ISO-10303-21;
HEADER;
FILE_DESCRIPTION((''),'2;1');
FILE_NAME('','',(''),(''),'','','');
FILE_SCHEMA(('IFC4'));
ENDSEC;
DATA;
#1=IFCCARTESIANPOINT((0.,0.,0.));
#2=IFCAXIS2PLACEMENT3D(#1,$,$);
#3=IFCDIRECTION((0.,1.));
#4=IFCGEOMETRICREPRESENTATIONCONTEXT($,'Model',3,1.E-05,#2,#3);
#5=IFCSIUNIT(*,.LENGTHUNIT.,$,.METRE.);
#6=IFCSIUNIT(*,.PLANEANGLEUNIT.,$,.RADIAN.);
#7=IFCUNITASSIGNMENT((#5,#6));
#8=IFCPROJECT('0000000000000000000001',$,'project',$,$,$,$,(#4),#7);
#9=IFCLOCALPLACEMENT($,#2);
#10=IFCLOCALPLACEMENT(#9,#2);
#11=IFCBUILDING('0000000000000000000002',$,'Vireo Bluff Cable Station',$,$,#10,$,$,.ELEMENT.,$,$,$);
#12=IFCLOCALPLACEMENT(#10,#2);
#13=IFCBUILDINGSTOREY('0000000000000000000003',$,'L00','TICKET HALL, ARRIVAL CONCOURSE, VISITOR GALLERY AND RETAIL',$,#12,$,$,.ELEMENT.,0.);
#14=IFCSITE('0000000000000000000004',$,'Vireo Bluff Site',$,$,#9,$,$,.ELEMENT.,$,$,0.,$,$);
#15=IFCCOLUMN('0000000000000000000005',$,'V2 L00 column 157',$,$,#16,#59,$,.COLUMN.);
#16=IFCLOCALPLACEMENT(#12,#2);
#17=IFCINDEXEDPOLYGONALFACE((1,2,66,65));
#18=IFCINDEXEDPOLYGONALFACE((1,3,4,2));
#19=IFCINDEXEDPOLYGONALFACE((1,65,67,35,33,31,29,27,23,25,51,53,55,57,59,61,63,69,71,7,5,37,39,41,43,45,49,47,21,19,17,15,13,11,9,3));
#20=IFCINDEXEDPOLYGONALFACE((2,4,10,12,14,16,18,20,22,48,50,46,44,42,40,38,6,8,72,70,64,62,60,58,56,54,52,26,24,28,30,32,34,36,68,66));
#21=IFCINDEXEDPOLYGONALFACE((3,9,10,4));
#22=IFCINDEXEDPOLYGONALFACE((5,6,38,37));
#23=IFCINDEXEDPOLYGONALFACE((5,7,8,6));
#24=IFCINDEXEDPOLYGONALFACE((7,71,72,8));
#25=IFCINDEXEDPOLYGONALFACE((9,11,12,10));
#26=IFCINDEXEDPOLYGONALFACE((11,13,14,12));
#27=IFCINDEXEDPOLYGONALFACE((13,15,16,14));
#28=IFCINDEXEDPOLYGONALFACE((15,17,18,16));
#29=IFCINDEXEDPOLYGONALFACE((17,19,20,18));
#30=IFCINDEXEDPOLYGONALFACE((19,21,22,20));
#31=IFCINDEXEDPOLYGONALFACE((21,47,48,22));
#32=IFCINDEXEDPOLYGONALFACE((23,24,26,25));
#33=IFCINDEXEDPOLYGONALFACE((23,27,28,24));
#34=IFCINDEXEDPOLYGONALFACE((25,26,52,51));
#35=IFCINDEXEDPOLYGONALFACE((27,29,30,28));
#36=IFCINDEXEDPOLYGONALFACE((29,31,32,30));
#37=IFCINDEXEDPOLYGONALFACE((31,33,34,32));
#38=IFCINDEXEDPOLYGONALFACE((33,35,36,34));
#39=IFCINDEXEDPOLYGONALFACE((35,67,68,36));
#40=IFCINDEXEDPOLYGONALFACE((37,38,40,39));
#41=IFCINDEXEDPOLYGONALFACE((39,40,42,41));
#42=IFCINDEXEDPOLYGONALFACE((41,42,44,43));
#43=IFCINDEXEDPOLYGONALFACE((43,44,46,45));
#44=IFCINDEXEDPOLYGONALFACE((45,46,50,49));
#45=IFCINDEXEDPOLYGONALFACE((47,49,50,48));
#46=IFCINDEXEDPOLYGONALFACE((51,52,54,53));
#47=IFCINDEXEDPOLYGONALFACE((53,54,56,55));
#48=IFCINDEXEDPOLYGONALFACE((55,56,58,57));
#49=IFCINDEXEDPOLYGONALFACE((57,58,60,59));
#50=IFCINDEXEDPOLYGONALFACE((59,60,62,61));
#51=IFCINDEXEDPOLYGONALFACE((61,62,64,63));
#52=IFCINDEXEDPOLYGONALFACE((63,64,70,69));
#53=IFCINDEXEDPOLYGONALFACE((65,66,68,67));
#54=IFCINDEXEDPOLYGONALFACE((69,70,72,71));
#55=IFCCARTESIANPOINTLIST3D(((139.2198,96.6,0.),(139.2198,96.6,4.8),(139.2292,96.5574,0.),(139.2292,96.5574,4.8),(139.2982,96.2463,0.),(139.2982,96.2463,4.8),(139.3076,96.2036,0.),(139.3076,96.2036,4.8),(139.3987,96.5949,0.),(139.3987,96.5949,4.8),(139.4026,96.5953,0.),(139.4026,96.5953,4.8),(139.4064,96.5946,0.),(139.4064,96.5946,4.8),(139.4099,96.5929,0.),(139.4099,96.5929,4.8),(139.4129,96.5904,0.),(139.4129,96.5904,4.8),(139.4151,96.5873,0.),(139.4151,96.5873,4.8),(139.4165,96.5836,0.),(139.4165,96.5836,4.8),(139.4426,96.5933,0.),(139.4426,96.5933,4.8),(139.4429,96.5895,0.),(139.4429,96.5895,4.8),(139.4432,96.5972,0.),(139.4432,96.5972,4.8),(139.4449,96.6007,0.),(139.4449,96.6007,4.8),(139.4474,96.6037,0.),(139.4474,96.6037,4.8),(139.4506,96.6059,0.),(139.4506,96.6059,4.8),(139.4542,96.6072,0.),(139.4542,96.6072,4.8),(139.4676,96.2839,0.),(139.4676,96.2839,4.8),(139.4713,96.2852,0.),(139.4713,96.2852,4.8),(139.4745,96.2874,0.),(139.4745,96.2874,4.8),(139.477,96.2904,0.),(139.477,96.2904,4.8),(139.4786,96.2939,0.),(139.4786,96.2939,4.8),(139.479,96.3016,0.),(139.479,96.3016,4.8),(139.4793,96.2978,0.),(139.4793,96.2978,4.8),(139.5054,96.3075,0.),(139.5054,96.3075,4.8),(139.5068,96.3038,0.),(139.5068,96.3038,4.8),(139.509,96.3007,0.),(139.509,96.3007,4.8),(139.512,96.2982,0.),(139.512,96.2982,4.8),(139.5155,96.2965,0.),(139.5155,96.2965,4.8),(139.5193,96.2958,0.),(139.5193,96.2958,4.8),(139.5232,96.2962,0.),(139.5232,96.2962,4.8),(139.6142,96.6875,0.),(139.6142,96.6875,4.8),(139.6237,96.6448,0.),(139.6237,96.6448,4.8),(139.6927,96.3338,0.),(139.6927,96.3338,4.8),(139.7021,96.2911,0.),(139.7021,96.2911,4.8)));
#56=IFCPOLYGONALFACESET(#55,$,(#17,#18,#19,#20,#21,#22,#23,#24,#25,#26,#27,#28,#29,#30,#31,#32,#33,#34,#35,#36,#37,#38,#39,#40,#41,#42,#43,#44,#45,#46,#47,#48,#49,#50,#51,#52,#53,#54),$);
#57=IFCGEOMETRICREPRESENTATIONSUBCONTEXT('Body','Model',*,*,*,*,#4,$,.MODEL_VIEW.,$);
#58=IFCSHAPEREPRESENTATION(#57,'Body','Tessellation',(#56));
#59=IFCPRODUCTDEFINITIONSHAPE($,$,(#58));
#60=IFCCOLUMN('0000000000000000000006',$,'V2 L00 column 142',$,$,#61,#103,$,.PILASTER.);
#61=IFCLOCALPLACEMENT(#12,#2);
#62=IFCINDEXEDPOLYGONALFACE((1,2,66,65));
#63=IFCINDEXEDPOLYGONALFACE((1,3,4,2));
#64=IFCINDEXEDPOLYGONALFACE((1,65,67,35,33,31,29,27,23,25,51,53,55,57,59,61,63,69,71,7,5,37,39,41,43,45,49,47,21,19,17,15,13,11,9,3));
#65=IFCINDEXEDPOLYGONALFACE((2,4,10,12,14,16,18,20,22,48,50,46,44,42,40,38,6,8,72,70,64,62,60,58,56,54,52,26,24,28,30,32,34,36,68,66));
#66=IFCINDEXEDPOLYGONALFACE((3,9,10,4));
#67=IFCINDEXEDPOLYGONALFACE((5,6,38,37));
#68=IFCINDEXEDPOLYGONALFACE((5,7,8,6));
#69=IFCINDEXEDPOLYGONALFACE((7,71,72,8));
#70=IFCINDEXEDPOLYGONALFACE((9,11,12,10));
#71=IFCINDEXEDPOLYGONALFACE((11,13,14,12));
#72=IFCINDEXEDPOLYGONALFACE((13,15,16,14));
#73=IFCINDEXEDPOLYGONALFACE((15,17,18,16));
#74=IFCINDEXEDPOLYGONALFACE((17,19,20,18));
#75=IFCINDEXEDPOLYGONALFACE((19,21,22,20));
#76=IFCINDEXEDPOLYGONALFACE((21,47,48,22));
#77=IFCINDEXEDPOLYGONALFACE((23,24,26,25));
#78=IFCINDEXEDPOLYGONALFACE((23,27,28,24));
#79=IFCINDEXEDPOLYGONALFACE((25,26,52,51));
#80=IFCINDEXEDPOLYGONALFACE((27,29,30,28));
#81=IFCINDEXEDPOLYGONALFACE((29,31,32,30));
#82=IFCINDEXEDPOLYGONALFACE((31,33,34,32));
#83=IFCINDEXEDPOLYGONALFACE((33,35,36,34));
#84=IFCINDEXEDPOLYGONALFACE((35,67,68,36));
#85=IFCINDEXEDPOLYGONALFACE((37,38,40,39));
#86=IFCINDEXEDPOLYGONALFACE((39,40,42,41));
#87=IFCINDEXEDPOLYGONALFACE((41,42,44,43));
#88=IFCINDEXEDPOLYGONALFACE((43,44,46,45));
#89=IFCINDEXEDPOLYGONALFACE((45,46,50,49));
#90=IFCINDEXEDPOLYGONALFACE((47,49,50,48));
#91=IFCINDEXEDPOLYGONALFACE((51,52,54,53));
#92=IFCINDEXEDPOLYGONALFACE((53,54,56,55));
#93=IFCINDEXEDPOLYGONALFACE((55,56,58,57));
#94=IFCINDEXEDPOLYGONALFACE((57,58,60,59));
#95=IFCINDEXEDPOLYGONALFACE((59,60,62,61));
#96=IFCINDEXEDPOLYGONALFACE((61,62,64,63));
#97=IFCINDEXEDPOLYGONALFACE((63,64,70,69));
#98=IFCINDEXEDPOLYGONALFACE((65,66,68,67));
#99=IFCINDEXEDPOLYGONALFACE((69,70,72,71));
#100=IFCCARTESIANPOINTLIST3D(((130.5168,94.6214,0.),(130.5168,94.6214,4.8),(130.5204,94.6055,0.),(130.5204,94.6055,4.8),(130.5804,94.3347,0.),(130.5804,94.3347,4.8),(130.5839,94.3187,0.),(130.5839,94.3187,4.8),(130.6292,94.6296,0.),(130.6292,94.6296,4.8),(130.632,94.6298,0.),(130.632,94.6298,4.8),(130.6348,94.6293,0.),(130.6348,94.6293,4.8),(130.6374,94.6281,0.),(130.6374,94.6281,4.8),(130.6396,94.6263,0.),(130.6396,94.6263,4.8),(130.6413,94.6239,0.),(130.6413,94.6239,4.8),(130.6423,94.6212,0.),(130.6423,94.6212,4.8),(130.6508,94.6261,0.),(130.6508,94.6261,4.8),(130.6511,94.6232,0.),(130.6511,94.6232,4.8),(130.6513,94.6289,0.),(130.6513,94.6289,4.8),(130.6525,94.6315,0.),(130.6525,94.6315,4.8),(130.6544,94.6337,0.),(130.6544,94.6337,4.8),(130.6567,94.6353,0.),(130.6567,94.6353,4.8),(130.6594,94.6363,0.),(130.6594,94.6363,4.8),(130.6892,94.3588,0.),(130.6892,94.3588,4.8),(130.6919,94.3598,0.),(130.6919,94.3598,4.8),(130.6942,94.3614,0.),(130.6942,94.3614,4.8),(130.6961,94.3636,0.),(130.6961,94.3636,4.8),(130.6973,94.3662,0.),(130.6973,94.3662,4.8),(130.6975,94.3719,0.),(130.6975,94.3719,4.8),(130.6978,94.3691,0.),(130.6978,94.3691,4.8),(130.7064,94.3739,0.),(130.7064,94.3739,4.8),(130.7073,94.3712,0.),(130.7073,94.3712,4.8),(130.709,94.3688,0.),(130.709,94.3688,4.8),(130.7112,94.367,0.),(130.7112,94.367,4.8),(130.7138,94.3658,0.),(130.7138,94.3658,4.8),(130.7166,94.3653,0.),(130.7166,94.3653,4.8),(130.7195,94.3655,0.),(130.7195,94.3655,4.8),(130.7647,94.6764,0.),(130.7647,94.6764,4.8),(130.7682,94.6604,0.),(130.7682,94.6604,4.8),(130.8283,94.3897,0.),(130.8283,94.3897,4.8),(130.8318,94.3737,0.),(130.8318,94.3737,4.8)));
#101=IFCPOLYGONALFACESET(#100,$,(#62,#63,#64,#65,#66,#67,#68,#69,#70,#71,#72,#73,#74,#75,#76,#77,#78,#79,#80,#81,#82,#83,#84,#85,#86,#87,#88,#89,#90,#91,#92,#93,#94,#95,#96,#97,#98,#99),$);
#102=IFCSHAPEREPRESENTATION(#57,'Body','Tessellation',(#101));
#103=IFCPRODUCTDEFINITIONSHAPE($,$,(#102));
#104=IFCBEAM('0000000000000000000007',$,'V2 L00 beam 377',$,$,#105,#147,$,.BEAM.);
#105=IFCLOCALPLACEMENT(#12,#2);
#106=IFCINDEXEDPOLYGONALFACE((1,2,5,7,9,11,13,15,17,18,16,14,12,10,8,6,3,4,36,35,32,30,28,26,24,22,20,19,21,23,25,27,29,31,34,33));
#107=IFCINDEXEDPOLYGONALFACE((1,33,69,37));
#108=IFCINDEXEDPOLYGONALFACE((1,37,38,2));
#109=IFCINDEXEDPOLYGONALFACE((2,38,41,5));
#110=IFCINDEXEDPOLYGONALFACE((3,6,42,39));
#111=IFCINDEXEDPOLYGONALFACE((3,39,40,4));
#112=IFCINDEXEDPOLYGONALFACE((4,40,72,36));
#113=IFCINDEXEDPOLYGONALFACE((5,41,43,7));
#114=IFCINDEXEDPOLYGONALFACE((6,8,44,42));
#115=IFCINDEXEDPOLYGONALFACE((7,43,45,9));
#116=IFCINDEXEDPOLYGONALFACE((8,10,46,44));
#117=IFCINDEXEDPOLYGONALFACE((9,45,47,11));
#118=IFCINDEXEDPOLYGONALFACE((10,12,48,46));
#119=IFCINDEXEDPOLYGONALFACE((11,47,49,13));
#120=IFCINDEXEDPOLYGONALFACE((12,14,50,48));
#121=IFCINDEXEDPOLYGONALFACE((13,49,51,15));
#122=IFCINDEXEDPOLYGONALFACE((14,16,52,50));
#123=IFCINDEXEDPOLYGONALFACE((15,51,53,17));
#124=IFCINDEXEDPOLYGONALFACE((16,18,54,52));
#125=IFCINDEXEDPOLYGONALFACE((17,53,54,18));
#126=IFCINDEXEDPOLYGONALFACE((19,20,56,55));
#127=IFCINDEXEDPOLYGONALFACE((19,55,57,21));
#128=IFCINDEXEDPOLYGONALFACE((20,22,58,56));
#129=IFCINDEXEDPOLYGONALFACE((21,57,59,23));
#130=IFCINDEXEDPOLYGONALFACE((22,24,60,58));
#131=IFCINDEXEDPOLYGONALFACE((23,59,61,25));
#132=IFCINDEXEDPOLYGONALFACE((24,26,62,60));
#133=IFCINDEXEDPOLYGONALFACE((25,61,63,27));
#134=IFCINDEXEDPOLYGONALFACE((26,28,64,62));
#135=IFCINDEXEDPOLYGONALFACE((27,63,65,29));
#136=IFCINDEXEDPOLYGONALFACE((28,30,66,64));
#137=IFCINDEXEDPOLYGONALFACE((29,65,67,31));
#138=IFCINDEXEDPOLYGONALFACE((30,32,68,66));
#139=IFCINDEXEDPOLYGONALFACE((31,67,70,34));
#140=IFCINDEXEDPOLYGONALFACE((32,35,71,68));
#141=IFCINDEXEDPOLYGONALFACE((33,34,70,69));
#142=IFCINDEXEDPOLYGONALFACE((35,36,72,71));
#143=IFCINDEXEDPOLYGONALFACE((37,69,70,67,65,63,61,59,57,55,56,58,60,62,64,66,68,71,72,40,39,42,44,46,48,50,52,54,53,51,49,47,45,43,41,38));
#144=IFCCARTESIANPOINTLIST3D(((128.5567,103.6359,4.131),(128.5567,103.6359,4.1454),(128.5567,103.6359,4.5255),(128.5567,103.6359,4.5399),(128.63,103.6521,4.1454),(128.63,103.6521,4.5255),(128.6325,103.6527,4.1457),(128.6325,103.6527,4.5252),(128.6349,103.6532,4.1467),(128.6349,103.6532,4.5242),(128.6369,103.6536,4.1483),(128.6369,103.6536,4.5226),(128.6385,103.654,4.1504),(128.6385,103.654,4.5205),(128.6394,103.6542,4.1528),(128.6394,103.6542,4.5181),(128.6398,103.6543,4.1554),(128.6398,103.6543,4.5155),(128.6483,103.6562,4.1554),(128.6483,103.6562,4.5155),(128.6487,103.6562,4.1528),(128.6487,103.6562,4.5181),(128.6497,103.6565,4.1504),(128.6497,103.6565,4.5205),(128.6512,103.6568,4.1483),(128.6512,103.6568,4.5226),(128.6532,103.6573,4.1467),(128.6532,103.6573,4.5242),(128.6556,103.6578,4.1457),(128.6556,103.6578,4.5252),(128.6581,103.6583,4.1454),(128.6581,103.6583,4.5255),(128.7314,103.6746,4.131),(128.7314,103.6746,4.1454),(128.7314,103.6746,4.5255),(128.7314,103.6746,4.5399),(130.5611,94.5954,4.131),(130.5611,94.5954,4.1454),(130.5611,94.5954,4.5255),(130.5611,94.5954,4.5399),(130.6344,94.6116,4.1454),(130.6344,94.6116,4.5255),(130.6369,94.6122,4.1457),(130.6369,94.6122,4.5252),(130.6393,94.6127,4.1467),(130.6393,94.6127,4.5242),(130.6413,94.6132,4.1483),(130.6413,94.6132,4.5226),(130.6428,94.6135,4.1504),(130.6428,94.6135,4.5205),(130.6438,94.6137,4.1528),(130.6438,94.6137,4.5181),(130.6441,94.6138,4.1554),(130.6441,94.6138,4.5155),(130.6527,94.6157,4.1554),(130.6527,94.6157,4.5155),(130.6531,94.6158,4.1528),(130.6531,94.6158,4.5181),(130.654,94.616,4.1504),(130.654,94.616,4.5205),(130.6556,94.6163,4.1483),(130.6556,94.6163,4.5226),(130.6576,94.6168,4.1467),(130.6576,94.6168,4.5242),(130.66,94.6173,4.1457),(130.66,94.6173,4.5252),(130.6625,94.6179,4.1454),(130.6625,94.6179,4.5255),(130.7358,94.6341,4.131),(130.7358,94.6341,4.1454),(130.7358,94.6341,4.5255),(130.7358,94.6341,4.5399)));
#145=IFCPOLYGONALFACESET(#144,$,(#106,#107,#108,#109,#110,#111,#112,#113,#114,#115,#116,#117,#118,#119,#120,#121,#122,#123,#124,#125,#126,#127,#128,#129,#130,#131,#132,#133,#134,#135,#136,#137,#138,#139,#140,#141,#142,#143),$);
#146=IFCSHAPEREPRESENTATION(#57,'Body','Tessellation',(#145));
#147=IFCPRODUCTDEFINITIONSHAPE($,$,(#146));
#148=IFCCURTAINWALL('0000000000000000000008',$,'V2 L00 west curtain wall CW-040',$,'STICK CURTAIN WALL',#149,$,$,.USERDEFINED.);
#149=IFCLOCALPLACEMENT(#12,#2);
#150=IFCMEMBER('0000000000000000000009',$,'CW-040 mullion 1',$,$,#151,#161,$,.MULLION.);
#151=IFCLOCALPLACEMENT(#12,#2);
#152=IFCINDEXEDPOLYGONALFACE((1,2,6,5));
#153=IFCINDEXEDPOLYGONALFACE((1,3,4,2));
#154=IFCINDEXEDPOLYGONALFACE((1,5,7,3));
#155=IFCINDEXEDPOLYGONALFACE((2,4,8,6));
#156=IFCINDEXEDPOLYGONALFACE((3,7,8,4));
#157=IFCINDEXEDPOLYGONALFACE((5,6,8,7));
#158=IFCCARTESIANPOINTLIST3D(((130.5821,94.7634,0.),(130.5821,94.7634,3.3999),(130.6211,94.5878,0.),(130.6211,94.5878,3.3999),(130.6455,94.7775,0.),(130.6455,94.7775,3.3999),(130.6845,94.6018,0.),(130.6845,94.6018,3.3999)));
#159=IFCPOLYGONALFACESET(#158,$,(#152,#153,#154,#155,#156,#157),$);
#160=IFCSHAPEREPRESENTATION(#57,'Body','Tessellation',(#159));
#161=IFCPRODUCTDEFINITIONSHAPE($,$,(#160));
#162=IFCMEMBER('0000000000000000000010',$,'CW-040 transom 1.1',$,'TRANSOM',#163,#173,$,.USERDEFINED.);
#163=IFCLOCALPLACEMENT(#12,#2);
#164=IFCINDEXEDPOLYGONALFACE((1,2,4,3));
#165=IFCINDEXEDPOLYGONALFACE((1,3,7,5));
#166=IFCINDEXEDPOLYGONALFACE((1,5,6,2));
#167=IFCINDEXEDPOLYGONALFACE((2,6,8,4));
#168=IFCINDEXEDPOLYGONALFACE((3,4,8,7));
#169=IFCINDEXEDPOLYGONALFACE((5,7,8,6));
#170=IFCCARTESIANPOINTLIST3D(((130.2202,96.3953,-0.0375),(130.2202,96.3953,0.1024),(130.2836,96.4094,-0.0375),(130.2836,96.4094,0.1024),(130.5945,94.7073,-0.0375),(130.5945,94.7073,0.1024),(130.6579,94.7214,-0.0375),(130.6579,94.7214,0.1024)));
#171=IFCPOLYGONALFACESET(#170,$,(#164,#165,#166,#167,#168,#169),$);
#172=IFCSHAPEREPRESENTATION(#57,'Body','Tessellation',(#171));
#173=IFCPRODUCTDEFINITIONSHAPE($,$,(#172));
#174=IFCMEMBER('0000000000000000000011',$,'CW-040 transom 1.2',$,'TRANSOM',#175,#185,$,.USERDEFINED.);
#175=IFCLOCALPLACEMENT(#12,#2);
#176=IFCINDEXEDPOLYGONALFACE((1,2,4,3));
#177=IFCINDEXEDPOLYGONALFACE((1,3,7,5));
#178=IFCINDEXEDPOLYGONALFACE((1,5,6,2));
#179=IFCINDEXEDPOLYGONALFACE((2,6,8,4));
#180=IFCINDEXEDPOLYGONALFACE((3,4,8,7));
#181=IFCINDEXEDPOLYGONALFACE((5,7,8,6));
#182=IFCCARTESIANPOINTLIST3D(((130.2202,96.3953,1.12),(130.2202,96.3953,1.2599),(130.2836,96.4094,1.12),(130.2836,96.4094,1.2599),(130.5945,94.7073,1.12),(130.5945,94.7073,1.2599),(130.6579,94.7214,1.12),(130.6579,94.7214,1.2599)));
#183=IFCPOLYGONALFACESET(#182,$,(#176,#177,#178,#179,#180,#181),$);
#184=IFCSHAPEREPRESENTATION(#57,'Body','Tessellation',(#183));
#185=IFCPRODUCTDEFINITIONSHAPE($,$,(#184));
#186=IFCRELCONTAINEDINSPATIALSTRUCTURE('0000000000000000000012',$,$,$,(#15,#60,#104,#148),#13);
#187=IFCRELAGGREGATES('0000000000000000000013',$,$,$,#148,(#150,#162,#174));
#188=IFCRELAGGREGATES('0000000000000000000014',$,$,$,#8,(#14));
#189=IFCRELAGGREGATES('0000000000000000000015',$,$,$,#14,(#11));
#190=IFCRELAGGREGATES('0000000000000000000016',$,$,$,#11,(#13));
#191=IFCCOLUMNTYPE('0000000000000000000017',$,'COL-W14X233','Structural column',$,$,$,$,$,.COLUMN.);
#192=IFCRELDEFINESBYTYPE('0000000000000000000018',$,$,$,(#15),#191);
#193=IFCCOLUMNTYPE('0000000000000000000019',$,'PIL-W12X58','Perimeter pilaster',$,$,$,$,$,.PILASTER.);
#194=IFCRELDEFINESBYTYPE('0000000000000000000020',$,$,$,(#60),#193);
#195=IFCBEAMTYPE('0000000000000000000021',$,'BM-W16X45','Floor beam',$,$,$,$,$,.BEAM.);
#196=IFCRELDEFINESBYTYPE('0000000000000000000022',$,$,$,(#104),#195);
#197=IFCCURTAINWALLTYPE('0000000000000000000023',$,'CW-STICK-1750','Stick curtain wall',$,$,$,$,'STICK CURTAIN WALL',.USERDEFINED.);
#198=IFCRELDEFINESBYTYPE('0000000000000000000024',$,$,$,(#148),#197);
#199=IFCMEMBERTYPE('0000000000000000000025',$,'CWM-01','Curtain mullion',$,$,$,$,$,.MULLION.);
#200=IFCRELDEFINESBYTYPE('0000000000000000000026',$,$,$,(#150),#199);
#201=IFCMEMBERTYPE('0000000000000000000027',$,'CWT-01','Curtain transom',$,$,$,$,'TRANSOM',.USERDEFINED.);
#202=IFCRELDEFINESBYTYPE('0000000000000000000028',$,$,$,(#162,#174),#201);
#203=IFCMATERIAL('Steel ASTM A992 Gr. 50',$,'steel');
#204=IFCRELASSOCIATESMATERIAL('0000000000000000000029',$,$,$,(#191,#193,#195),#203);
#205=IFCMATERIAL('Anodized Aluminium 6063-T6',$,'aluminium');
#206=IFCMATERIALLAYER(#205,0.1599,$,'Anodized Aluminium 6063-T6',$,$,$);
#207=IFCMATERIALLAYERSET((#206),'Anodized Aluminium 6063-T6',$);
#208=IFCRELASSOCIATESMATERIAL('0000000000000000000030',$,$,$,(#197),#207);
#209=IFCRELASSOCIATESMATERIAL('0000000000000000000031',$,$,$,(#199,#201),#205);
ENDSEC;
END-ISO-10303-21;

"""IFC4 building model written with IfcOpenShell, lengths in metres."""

from ifc_helpers import new_model, si_unit, direction, frame, origin, origin_2d, place, context, subcontext, project, spatial, rectangle, i_section, extrude, material, layer, layer_set, material_profile, profile_set, type_object, element, aggregate, save


model = new_model("IFC4")

# Units and contexts
model_context = context("Model", 3, precision=1e-05, world=origin(), true_north=direction((0.0, 1.0)))
body_context = subcontext(model_context, "Body", "Model", "MODEL_VIEW")
ifc_project = project(units=[si_unit("LENGTHUNIT", "METRE"), si_unit("PLANEANGLEUNIT", "RADIAN")], contexts=[model_context])

# Site, building, storey
site_placement = place(None, origin())
site = spatial("IfcSite", under=ifc_project, at=site_placement, Name="Vireo Bluff Site", CompositionType="ELEMENT", RefElevation=0.0)
building_placement = place(site_placement, origin())
building = spatial("IfcBuilding", under=site, at=building_placement, Name="Vireo Bluff Cable Station", CompositionType="ELEMENT")
storey_placement = place(building_placement, origin())
storey = spatial("IfcBuildingStorey", under=building, at=storey_placement, Name="L00", Description="TICKET HALL, ARRIVAL CONCOURSE, VISITOR GALLERY AND RETAIL", CompositionType="ELEMENT", Elevation=0.0)

# Columns
ifc_material_1 = material(Name="Steel ASTM A992 Gr. 50", Category="steel")
ifc_material_profile_1 = material_profile(ifc_material_1, i_section(OverallWidth=0.4041, OverallDepth=0.406, WebThickness=0.0271, FlangeThickness=0.0437, FilletRadius=0.0149, at=origin_2d()), Name="W14X233")
ifc_profile_set_1 = profile_set([ifc_material_profile_1], Name="Steel ASTM A992 Gr. 50")
column_type_1 = type_object("IfcColumnType", Name="COL-W14X233", Description="Structural column", PredefinedType="COLUMN", material=ifc_profile_set_1)
column_1_placement = place(storey_placement, frame((139.4609, 96.4456, 0.0), z_axis=(0.0, 0.0, 1.0), x_axis=(0.976296, 0.21644, 0.0)))
element("IfcColumn", 1, at=column_1_placement, inside=storey, type_object=column_type_1, Name="V2 L00 column 157", PredefinedType="COLUMN", context=body_context, shape_type="SweptSolid", body=[
    extrude(i_section(OverallWidth=0.4041, OverallDepth=0.406, WebThickness=0.0271, FlangeThickness=0.0437, FilletRadius=0.0149, at=origin_2d()), origin(), (0.0, 0.0, 1.0), 4.8),
])
ifc_material_profile_2 = material_profile(ifc_material_1, i_section(OverallWidth=0.2539, OverallDepth=0.3101, WebThickness=0.009, FlangeThickness=0.0164, FilletRadius=0.011, at=origin_2d()), Name="W12X58")
ifc_profile_set_2 = profile_set([ifc_material_profile_2], Name="Steel ASTM A992 Gr. 50")
column_type_2 = type_object("IfcColumnType", Name="PIL-W12X58", Description="Perimeter pilaster", PredefinedType="PILASTER", material=ifc_profile_set_2)
column_2_placement = place(storey_placement, frame((130.6743, 94.4976, 0.0), z_axis=(0.0, 0.0, 1.0), x_axis=(0.976296, 0.21644, 0.0)))
element("IfcColumn", 2, at=column_2_placement, inside=storey, type_object=column_type_2, Name="V2 L00 column 142", PredefinedType="PILASTER", context=body_context, shape_type="SweptSolid", body=[
    extrude(i_section(OverallWidth=0.2539, OverallDepth=0.3101, WebThickness=0.009, FlangeThickness=0.0164, FilletRadius=0.011, at=origin_2d()), origin(), (0.0, 0.0, 1.0), 4.8),
])

# Beam
ifc_material_profile_3 = material_profile(ifc_material_1, i_section(OverallWidth=0.179, OverallDepth=0.4089, WebThickness=0.0088, FlangeThickness=0.0144, FilletRadius=0.01, at=origin_2d()), Name="W16X45")
ifc_profile_set_3 = profile_set([ifc_material_profile_3], Name="Steel ASTM A992 Gr. 50")
beam_type_1 = type_object("IfcBeamType", Name="BM-W16X45", Description="Floor beam", PredefinedType="BEAM", material=ifc_profile_set_3)
beam_1_placement = place(storey_placement, frame((130.6484, 94.6147, 4.3354), z_axis=(-0.216456, 0.976292, 0.0), x_axis=(-0.976292, -0.216456, 0.0)))
element("IfcBeam", 3, at=beam_1_placement, inside=storey, type_object=beam_type_1, Name="V2 L00 beam 377", PredefinedType="BEAM", context=body_context, shape_type="SweptSolid", body=[
    extrude(i_section(OverallWidth=0.179, OverallDepth=0.4089, WebThickness=0.0088, FlangeThickness=0.0144, FilletRadius=0.01, at=origin_2d()), origin(), (0.0, 0.0, 1.0), 9.26),
])

# Curtain wall, members
ifc_material_2 = material(Name="Anodized Aluminium 6063-T6", Category="aluminium")
ifc_layer_1 = layer(ifc_material_2, 0.1599, Name="Anodized Aluminium 6063-T6")
ifc_layer_set_1 = layer_set([ifc_layer_1], Name="Anodized Aluminium 6063-T6")
curtain_wall_type = type_object("IfcCurtainWallType", Name="CW-STICK-1750", Description="Stick curtain wall", ElementType="STICK CURTAIN WALL", PredefinedType="USERDEFINED", material=ifc_layer_set_1)
curtain_wall_placement = place(storey_placement, origin())
curtain_wall = element("IfcCurtainWall", 4, at=curtain_wall_placement, inside=storey, type_object=curtain_wall_type, Name="V2 L00 west curtain wall CW-040", ObjectType="STICK CURTAIN WALL", PredefinedType="USERDEFINED")
ifc_material_profile_4 = material_profile(ifc_material_2, rectangle(XDim=0.0649, YDim=0.1799, at=origin_2d()), Name="ALU-M-65X180")
ifc_profile_set_4 = profile_set([ifc_material_profile_4], Name="Anodized Aluminium 6063-T6")
member_type_1 = type_object("IfcMemberType", Name="CWM-01", Description="Curtain mullion", PredefinedType="MULLION", material=ifc_profile_set_4)
member_1_placement = place(storey_placement, frame((130.6333, 94.6826, 0.0), z_axis=(0.0, 0.0, 1.0), x_axis=(-0.976296, -0.21644, 0.0)))
member_1 = element("IfcMember", 5, at=member_1_placement, type_object=member_type_1, Name="CW-040 mullion 1", PredefinedType="MULLION", context=body_context, shape_type="SweptSolid", body=[
    extrude(rectangle(XDim=0.0649, YDim=0.1799, at=origin_2d()), origin(), (0.0, 0.0, 1.0), 3.3999),
])
ifc_material_profile_5 = material_profile(ifc_material_2, rectangle(XDim=0.0649, YDim=0.1399, at=origin_2d()), Name="ALU-T-65X140")
ifc_profile_set_5 = profile_set([ifc_material_profile_5], Name="Anodized Aluminium 6063-T6")
member_type_2 = type_object("IfcMemberType", Name="CWT-01", Description="Curtain transom", ElementType="TRANSOM", PredefinedType="USERDEFINED", material=ifc_profile_set_5)
member_2_placement = place(storey_placement, frame((130.6262, 94.7144, 0.0325), z_axis=(-0.216467, 0.97629, 0.0), x_axis=(-0.97629, -0.216467, 0.0)))
member_2 = element("IfcMember", 6, at=member_2_placement, type_object=member_type_2, Name="CW-040 transom 1.1", ObjectType="TRANSOM", PredefinedType="USERDEFINED", context=body_context, shape_type="SweptSolid", body=[
    extrude(rectangle(XDim=0.0649, YDim=0.1399, at=origin_2d()), origin(), (0.0, 0.0, 1.0), 1.729),
])
member_3_placement = place(storey_placement, frame((130.6262, 94.7144, 1.1899), z_axis=(-0.216467, 0.97629, 0.0), x_axis=(-0.97629, -0.216467, 0.0)))
member_3 = element("IfcMember", 7, at=member_3_placement, type_object=member_type_2, Name="CW-040 transom 1.2", ObjectType="TRANSOM", PredefinedType="USERDEFINED", context=body_context, shape_type="SweptSolid", body=[
    extrude(rectangle(XDim=0.0649, YDim=0.1399, at=origin_2d()), origin(), (0.0, 0.0, 1.0), 1.729),
])

aggregate(curtain_wall, [member_1, member_2, member_3])

save(model, "model.ifc")
